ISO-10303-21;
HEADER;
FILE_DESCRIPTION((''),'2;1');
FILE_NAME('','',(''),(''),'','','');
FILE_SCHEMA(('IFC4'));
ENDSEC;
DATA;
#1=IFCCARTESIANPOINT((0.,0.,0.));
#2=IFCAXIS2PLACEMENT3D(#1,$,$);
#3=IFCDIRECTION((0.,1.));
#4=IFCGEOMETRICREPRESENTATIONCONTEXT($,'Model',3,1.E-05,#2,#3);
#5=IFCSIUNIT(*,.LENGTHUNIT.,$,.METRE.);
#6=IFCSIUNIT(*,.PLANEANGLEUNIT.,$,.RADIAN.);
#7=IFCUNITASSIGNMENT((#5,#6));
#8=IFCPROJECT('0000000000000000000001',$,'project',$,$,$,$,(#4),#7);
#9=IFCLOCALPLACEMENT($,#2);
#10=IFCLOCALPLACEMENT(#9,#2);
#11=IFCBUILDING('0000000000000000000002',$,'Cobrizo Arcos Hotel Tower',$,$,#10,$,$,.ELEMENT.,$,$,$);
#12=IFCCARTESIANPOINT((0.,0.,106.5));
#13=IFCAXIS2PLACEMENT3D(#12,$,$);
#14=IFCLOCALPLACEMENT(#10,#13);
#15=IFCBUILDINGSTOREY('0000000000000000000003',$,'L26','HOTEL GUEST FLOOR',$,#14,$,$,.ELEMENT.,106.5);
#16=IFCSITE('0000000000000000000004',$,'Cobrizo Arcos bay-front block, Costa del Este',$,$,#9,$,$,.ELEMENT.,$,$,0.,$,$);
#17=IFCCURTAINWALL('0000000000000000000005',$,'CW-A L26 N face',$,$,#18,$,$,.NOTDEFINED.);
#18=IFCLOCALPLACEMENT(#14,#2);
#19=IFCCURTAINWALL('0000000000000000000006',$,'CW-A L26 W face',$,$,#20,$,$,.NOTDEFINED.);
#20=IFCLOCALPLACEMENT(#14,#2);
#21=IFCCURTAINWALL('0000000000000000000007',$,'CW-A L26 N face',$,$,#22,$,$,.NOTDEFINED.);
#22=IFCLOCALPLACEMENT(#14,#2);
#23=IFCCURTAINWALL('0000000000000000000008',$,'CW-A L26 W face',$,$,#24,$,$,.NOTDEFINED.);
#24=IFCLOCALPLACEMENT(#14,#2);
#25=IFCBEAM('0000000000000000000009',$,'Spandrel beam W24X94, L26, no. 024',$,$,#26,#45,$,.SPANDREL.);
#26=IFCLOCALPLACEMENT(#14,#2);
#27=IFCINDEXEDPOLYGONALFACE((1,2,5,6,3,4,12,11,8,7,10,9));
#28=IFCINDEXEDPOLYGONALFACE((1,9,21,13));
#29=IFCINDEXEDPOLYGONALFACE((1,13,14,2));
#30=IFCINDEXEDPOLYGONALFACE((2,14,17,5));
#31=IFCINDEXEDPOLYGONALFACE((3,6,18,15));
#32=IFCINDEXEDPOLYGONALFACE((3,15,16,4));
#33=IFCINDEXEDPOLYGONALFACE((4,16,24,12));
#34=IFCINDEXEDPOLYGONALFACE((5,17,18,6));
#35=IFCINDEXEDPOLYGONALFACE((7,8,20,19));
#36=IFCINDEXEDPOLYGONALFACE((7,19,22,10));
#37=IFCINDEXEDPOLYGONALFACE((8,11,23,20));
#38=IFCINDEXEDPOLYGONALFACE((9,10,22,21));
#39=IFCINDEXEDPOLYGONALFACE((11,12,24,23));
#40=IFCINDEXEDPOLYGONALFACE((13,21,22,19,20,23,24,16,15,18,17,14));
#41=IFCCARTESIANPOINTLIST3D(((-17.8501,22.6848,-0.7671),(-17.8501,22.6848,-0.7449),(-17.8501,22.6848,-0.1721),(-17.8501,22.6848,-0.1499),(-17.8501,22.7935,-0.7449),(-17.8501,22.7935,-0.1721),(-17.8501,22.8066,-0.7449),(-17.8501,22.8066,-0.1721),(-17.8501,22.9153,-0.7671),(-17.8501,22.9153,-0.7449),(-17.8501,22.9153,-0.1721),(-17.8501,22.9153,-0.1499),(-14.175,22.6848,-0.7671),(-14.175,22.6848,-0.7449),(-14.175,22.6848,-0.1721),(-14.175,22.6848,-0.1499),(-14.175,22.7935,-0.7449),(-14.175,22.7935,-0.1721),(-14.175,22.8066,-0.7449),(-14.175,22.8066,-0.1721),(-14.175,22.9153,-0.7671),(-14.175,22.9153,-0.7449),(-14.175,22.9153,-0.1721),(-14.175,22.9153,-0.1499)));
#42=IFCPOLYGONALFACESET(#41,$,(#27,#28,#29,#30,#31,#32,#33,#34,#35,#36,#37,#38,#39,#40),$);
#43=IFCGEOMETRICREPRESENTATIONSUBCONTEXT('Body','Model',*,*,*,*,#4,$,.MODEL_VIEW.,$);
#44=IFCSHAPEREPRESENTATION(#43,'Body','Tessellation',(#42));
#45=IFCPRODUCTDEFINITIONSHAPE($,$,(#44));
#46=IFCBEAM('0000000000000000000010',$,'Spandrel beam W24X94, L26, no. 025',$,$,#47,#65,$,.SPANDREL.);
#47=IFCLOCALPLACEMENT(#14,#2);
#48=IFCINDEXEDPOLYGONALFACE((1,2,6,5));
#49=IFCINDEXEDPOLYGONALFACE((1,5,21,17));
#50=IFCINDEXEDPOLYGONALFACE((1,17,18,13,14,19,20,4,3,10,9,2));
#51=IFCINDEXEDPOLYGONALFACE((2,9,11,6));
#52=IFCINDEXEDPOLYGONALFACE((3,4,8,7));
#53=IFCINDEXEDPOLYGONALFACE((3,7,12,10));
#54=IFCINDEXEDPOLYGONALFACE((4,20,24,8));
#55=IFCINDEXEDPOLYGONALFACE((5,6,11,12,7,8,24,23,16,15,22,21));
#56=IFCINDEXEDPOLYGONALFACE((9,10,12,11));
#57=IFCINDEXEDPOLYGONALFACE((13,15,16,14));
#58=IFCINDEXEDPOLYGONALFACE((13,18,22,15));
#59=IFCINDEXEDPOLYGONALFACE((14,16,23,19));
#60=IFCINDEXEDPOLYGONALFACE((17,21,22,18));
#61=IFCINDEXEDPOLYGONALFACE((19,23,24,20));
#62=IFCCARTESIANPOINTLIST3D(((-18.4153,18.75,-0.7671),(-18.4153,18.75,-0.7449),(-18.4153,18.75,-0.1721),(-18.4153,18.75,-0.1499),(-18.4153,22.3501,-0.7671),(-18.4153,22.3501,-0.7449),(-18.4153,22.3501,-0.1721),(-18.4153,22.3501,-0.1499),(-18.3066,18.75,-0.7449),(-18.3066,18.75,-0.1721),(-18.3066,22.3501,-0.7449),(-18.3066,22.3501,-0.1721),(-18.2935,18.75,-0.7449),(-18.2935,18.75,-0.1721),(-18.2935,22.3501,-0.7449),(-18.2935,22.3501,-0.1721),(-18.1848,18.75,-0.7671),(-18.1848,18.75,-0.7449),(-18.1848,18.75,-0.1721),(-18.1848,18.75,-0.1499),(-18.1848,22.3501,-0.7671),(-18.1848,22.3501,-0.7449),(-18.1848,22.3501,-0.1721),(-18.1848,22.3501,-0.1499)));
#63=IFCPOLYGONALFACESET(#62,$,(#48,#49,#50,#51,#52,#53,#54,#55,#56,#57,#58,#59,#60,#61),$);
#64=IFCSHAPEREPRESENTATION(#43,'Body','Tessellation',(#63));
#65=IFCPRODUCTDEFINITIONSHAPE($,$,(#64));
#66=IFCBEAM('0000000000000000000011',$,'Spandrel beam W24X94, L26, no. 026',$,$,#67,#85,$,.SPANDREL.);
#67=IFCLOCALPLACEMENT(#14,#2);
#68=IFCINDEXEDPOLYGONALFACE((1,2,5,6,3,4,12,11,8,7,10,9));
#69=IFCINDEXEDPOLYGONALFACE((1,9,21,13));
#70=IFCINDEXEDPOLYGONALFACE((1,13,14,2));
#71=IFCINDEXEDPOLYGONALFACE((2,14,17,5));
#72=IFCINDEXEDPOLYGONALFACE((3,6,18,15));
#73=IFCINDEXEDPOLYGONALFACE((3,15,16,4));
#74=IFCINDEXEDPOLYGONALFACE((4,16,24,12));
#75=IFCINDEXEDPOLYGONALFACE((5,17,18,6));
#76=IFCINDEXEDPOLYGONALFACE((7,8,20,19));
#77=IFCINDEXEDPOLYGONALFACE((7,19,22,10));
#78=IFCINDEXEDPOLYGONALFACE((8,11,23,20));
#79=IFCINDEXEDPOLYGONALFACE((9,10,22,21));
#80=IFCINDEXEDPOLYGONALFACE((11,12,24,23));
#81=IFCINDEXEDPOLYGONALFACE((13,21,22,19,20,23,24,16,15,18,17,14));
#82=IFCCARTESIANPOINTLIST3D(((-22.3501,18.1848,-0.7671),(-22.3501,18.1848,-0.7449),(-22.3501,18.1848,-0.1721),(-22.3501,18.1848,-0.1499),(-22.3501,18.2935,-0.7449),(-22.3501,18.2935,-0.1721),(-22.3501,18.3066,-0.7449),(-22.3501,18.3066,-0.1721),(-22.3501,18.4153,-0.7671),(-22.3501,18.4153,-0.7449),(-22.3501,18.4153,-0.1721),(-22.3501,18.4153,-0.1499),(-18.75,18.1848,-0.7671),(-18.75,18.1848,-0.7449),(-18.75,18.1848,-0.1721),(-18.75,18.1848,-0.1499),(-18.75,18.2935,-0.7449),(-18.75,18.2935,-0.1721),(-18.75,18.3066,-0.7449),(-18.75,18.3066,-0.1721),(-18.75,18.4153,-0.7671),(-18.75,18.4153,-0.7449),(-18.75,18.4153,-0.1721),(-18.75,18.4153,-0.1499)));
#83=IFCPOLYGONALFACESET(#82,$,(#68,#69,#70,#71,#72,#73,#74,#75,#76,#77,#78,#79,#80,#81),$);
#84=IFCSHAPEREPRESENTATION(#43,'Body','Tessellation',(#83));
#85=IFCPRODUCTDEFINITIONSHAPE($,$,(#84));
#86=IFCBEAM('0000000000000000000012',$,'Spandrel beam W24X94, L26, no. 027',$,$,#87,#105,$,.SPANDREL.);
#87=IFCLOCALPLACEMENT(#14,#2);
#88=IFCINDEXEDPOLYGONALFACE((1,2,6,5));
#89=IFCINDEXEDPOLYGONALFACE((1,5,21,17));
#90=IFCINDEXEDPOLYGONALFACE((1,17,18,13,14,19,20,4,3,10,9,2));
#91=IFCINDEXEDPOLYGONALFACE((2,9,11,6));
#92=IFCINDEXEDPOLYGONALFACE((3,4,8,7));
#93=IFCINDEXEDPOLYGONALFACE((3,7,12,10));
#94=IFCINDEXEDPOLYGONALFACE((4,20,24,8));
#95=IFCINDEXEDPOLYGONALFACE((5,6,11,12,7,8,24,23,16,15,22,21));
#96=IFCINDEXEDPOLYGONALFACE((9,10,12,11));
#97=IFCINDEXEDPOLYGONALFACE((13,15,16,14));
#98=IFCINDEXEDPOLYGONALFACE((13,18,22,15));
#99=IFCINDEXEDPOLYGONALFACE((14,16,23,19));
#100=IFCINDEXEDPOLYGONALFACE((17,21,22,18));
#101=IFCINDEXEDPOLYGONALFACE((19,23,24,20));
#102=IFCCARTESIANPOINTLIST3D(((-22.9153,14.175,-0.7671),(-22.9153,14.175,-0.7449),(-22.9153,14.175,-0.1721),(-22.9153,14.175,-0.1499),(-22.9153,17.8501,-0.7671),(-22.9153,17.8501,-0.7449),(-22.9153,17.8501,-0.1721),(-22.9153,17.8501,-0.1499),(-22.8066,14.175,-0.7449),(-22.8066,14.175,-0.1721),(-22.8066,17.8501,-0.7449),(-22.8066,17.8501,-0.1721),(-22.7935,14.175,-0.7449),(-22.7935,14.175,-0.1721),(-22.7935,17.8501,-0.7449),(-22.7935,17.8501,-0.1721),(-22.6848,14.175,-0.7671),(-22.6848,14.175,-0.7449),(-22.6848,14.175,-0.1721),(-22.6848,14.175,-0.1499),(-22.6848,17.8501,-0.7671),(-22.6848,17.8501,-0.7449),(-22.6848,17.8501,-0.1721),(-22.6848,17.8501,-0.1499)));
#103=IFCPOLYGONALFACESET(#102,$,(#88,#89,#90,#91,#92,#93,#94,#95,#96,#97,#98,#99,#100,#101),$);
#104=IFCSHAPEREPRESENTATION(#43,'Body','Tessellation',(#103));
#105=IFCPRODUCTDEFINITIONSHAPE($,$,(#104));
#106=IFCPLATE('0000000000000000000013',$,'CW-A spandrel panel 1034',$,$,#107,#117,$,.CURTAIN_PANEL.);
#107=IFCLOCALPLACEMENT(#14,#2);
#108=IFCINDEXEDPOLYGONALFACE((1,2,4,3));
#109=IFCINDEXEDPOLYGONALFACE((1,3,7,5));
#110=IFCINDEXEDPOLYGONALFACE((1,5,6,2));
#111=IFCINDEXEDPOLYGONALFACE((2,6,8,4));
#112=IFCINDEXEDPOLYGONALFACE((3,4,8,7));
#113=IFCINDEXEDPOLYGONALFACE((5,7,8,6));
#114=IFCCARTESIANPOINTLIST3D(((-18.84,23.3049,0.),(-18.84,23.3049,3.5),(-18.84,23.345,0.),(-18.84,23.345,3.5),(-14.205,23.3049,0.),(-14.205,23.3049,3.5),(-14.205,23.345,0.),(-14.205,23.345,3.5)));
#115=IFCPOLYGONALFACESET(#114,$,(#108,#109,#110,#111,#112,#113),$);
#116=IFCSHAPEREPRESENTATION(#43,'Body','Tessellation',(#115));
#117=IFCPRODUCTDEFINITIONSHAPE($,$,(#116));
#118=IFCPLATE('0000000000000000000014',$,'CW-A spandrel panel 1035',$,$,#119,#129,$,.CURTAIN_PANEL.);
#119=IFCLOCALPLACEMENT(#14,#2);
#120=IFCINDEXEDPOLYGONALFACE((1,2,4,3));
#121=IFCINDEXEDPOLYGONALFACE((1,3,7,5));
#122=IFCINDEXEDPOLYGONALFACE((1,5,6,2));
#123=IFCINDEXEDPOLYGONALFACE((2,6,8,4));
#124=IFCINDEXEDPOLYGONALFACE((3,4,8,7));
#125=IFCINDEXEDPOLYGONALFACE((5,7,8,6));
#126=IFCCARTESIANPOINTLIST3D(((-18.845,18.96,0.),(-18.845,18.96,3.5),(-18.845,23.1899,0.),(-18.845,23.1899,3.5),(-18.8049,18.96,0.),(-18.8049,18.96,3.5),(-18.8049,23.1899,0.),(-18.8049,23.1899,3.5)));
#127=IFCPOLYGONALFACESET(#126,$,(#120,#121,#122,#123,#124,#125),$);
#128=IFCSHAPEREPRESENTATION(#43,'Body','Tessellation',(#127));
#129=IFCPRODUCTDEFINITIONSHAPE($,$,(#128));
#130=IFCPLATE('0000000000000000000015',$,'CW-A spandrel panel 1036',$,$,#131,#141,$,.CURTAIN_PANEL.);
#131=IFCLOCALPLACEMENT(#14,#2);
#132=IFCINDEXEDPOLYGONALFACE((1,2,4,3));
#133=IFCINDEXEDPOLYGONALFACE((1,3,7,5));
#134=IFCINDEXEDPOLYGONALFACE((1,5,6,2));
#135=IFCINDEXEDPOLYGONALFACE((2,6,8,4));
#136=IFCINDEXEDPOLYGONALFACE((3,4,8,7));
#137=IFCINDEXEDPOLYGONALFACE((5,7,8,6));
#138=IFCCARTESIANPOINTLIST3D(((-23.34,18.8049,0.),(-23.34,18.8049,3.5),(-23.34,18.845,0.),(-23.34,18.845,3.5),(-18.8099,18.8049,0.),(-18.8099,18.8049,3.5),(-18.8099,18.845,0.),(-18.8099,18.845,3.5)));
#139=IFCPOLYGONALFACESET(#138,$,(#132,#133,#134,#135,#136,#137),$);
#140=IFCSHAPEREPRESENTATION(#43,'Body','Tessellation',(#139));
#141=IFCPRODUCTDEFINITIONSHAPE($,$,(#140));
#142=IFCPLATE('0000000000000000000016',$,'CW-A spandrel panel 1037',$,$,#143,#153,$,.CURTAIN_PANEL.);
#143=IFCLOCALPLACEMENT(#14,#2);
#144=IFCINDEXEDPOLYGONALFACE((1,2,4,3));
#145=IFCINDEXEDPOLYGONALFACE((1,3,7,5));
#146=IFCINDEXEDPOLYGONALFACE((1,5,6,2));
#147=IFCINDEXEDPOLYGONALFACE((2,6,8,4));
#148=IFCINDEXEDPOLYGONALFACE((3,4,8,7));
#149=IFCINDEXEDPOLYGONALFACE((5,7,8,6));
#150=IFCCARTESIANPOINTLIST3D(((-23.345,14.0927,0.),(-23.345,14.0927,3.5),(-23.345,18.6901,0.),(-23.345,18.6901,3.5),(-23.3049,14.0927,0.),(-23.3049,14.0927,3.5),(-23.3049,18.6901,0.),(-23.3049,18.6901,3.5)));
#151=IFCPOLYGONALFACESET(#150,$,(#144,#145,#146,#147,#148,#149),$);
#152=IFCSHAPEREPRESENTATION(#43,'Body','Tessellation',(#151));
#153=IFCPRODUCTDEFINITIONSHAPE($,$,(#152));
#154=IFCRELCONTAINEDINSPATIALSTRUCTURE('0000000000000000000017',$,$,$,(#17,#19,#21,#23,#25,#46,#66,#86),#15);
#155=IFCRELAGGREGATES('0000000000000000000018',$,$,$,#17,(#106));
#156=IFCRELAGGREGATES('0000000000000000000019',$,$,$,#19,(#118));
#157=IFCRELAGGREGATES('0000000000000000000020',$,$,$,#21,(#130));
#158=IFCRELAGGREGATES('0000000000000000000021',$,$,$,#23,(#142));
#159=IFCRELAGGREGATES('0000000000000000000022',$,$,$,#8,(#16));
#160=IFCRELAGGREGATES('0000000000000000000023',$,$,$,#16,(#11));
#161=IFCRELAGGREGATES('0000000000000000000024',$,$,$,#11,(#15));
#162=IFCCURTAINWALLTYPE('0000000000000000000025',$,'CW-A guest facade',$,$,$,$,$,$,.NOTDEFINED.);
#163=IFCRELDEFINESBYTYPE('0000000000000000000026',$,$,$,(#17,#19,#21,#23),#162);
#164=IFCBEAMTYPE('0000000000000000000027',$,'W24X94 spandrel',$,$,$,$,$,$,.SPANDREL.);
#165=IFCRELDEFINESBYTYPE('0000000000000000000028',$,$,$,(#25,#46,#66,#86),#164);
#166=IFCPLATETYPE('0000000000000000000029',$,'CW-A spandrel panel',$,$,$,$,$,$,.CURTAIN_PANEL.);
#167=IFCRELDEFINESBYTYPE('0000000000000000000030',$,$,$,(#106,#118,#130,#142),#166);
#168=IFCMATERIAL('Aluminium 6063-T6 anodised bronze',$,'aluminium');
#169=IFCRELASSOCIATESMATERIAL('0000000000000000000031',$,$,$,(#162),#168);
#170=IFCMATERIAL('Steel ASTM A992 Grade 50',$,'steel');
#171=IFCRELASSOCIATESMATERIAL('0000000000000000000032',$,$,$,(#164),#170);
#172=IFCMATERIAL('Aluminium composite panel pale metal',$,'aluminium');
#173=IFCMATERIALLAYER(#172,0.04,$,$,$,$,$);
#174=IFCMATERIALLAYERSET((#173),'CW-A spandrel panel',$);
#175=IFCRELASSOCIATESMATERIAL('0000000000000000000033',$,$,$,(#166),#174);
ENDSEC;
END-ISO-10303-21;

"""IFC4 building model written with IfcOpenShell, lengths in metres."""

from ifc_helpers import new_model, si_unit, direction, frame, origin, origin_2d, place, context, subcontext, project, spatial, rectangle, i_section, extrude, material, layer, layer_set, material_profile, profile_set, type_object, element, aggregate, save


model = new_model("IFC4")

# Units and contexts
model_context = context("Model", 3, precision=1e-05, world=origin(), true_north=direction((0.0, 1.0)))
body_context = subcontext(model_context, "Body", "Model", "MODEL_VIEW")
ifc_project = project(units=[si_unit("LENGTHUNIT", "METRE"), si_unit("PLANEANGLEUNIT", "RADIAN")], contexts=[model_context])

# Site, building, storey
site_placement = place(None, origin())
site = spatial("IfcSite", under=ifc_project, at=site_placement, Name="Cobrizo Arcos bay-front block, Costa del Este", CompositionType="ELEMENT", RefElevation=0.0)
building_placement = place(site_placement, origin())
building = spatial("IfcBuilding", under=site, at=building_placement, Name="Cobrizo Arcos Hotel Tower", CompositionType="ELEMENT")
storey_placement = place(building_placement, frame((0.0, 0.0, 106.5)))
storey = spatial("IfcBuildingStorey", under=building, at=storey_placement, Name="L26", Description="HOTEL GUEST FLOOR", CompositionType="ELEMENT", Elevation=106.5)

# Curtain walls
ifc_material_1 = material(Name="Aluminium 6063-T6 anodised bronze", Category="aluminium")
curtain_wall_type = type_object("IfcCurtainWallType", Name="CW-A guest facade", PredefinedType="NOTDEFINED", material=ifc_material_1)
curtain_wall_1_placement = place(storey_placement, origin())
curtain_wall_1 = element("IfcCurtainWall", 1, at=curtain_wall_1_placement, inside=storey, type_object=curtain_wall_type, Name="CW-A L26 N face", PredefinedType="NOTDEFINED")
curtain_wall_2_placement = place(storey_placement, origin())
curtain_wall_2 = element("IfcCurtainWall", 2, at=curtain_wall_2_placement, inside=storey, type_object=curtain_wall_type, Name="CW-A L26 W face", PredefinedType="NOTDEFINED")
curtain_wall_3_placement = place(storey_placement, origin())
curtain_wall_3 = element("IfcCurtainWall", 3, at=curtain_wall_3_placement, inside=storey, type_object=curtain_wall_type, Name="CW-A L26 N face", PredefinedType="NOTDEFINED")
curtain_wall_4_placement = place(storey_placement, origin())
curtain_wall_4 = element("IfcCurtainWall", 4, at=curtain_wall_4_placement, inside=storey, type_object=curtain_wall_type, Name="CW-A L26 W face", PredefinedType="NOTDEFINED")

# Beams
ifc_material_2 = material(Name="Steel ASTM A992 Grade 50", Category="steel")
ifc_material_profile_1 = material_profile(ifc_material_2, i_section(OverallWidth=0.2305, OverallDepth=0.6172, WebThickness=0.0132, FlangeThickness=0.0222, at=origin_2d()), Name="W24X94")
ifc_profile_set_1 = profile_set([ifc_material_profile_1], Name="Steel ASTM A992 Grade 50")
beam_type = type_object("IfcBeamType", Name="W24X94 spandrel", PredefinedType="SPANDREL", material=ifc_profile_set_1)
beam_1_placement = place(storey_placement, frame((-14.175, 22.8, -0.4585), z_axis=(-1.0, 0.0, 0.0), x_axis=(0.0, -1.0, 0.0)))
element("IfcBeam", 5, at=beam_1_placement, inside=storey, type_object=beam_type, Name="Spandrel beam W24X94, L26, no. 024", PredefinedType="SPANDREL", context=body_context, shape_type="SweptSolid", body=[
    extrude(i_section(OverallWidth=0.2305, OverallDepth=0.6172, WebThickness=0.0132, FlangeThickness=0.0222, at=origin_2d()), origin(), (0.0, 0.0, 1.0), 3.675),
])
for number, where, z_axis, x_axis, name in (
    (6, (-18.3, 22.3501, -0.4585), (0.0, -1.0, 0.0), (1.0, 0.0, 0.0), "Spandrel beam W24X94, L26, no. 025"),
    (7, (-18.75, 18.3, -0.4585), (-1.0, 0.0, 0.0), (0.0, -1.0, 0.0), "Spandrel beam W24X94, L26, no. 026"),
):
    element("IfcBeam", number, at=place(storey_placement, frame(where, z_axis=z_axis, x_axis=x_axis)), inside=storey, type_object=beam_type, Name=name, PredefinedType="SPANDREL", context=body_context, shape_type="SweptSolid", body=[
        extrude(i_section(OverallWidth=0.2305, OverallDepth=0.6172, WebThickness=0.0132, FlangeThickness=0.0222, at=origin_2d()), origin(), (0.0, 0.0, 1.0), 3.6001),
    ])
beam_2_placement = place(storey_placement, frame((-22.8, 17.8501, -0.4585), z_axis=(0.0, -1.0, 0.0), x_axis=(1.0, 0.0, 0.0)))
element("IfcBeam", 8, at=beam_2_placement, inside=storey, type_object=beam_type, Name="Spandrel beam W24X94, L26, no. 027", PredefinedType="SPANDREL", context=body_context, shape_type="SweptSolid", body=[
    extrude(i_section(OverallWidth=0.2305, OverallDepth=0.6172, WebThickness=0.0132, FlangeThickness=0.0222, at=origin_2d()), origin(), (0.0, 0.0, 1.0), 3.675),
])

# Plates
ifc_material_3 = material(Name="Aluminium composite panel pale metal", Category="aluminium")
ifc_layer_1 = layer(ifc_material_3, 0.04)
ifc_layer_set_1 = layer_set([ifc_layer_1], Name="CW-A spandrel panel")
plate_type = type_object("IfcPlateType", Name="CW-A spandrel panel", PredefinedType="CURTAIN_PANEL", material=ifc_layer_set_1)
plate_1_placement = place(storey_placement, frame((-16.5225, 23.325, 0.0), z_axis=(0.0, 0.0, 1.0), x_axis=(-1.0, 0.0, 0.0)))
plate_1 = element("IfcPlate", 9, at=plate_1_placement, type_object=plate_type, Name="CW-A spandrel panel 1034", PredefinedType="CURTAIN_PANEL", context=body_context, shape_type="SweptSolid", body=[
    extrude(rectangle(XDim=4.635, YDim=0.04, at=origin_2d()), origin(), (0.0, 0.0, 1.0), 3.5),
])
aggregate(curtain_wall_1, [plate_1])
plate_2_placement = place(storey_placement, frame((-18.825, 21.075, 0.0), z_axis=(0.0, 0.0, 1.0), x_axis=(0.0, -1.0, 0.0)))
plate_2 = element("IfcPlate", 10, at=plate_2_placement, type_object=plate_type, Name="CW-A spandrel panel 1035", PredefinedType="CURTAIN_PANEL", context=body_context, shape_type="SweptSolid", body=[
    extrude(rectangle(XDim=4.23, YDim=0.04, at=origin_2d()), origin(), (0.0, 0.0, 1.0), 3.5),
])
aggregate(curtain_wall_2, [plate_2])
plate_3_placement = place(storey_placement, frame((-21.075, 18.825, 0.0), z_axis=(0.0, 0.0, 1.0), x_axis=(-1.0, 0.0, 0.0)))
plate_3 = element("IfcPlate", 11, at=plate_3_placement, type_object=plate_type, Name="CW-A spandrel panel 1036", PredefinedType="CURTAIN_PANEL", context=body_context, shape_type="SweptSolid", body=[
    extrude(rectangle(XDim=4.53, YDim=0.04, at=origin_2d()), origin(), (0.0, 0.0, 1.0), 3.5),
])
aggregate(curtain_wall_3, [plate_3])
plate_4_placement = place(storey_placement, frame((-23.325, 16.3914, 0.0), z_axis=(0.0, 0.0, 1.0), x_axis=(0.0, -1.0, 0.0)))
plate_4 = element("IfcPlate", 12, at=plate_4_placement, type_object=plate_type, Name="CW-A spandrel panel 1037", PredefinedType="CURTAIN_PANEL", context=body_context, shape_type="SweptSolid", body=[
    extrude(rectangle(XDim=4.5974, YDim=0.04, at=origin_2d()), origin(), (0.0, 0.0, 1.0), 3.5),
])
aggregate(curtain_wall_4, [plate_4])

save(model, "model.ifc")
